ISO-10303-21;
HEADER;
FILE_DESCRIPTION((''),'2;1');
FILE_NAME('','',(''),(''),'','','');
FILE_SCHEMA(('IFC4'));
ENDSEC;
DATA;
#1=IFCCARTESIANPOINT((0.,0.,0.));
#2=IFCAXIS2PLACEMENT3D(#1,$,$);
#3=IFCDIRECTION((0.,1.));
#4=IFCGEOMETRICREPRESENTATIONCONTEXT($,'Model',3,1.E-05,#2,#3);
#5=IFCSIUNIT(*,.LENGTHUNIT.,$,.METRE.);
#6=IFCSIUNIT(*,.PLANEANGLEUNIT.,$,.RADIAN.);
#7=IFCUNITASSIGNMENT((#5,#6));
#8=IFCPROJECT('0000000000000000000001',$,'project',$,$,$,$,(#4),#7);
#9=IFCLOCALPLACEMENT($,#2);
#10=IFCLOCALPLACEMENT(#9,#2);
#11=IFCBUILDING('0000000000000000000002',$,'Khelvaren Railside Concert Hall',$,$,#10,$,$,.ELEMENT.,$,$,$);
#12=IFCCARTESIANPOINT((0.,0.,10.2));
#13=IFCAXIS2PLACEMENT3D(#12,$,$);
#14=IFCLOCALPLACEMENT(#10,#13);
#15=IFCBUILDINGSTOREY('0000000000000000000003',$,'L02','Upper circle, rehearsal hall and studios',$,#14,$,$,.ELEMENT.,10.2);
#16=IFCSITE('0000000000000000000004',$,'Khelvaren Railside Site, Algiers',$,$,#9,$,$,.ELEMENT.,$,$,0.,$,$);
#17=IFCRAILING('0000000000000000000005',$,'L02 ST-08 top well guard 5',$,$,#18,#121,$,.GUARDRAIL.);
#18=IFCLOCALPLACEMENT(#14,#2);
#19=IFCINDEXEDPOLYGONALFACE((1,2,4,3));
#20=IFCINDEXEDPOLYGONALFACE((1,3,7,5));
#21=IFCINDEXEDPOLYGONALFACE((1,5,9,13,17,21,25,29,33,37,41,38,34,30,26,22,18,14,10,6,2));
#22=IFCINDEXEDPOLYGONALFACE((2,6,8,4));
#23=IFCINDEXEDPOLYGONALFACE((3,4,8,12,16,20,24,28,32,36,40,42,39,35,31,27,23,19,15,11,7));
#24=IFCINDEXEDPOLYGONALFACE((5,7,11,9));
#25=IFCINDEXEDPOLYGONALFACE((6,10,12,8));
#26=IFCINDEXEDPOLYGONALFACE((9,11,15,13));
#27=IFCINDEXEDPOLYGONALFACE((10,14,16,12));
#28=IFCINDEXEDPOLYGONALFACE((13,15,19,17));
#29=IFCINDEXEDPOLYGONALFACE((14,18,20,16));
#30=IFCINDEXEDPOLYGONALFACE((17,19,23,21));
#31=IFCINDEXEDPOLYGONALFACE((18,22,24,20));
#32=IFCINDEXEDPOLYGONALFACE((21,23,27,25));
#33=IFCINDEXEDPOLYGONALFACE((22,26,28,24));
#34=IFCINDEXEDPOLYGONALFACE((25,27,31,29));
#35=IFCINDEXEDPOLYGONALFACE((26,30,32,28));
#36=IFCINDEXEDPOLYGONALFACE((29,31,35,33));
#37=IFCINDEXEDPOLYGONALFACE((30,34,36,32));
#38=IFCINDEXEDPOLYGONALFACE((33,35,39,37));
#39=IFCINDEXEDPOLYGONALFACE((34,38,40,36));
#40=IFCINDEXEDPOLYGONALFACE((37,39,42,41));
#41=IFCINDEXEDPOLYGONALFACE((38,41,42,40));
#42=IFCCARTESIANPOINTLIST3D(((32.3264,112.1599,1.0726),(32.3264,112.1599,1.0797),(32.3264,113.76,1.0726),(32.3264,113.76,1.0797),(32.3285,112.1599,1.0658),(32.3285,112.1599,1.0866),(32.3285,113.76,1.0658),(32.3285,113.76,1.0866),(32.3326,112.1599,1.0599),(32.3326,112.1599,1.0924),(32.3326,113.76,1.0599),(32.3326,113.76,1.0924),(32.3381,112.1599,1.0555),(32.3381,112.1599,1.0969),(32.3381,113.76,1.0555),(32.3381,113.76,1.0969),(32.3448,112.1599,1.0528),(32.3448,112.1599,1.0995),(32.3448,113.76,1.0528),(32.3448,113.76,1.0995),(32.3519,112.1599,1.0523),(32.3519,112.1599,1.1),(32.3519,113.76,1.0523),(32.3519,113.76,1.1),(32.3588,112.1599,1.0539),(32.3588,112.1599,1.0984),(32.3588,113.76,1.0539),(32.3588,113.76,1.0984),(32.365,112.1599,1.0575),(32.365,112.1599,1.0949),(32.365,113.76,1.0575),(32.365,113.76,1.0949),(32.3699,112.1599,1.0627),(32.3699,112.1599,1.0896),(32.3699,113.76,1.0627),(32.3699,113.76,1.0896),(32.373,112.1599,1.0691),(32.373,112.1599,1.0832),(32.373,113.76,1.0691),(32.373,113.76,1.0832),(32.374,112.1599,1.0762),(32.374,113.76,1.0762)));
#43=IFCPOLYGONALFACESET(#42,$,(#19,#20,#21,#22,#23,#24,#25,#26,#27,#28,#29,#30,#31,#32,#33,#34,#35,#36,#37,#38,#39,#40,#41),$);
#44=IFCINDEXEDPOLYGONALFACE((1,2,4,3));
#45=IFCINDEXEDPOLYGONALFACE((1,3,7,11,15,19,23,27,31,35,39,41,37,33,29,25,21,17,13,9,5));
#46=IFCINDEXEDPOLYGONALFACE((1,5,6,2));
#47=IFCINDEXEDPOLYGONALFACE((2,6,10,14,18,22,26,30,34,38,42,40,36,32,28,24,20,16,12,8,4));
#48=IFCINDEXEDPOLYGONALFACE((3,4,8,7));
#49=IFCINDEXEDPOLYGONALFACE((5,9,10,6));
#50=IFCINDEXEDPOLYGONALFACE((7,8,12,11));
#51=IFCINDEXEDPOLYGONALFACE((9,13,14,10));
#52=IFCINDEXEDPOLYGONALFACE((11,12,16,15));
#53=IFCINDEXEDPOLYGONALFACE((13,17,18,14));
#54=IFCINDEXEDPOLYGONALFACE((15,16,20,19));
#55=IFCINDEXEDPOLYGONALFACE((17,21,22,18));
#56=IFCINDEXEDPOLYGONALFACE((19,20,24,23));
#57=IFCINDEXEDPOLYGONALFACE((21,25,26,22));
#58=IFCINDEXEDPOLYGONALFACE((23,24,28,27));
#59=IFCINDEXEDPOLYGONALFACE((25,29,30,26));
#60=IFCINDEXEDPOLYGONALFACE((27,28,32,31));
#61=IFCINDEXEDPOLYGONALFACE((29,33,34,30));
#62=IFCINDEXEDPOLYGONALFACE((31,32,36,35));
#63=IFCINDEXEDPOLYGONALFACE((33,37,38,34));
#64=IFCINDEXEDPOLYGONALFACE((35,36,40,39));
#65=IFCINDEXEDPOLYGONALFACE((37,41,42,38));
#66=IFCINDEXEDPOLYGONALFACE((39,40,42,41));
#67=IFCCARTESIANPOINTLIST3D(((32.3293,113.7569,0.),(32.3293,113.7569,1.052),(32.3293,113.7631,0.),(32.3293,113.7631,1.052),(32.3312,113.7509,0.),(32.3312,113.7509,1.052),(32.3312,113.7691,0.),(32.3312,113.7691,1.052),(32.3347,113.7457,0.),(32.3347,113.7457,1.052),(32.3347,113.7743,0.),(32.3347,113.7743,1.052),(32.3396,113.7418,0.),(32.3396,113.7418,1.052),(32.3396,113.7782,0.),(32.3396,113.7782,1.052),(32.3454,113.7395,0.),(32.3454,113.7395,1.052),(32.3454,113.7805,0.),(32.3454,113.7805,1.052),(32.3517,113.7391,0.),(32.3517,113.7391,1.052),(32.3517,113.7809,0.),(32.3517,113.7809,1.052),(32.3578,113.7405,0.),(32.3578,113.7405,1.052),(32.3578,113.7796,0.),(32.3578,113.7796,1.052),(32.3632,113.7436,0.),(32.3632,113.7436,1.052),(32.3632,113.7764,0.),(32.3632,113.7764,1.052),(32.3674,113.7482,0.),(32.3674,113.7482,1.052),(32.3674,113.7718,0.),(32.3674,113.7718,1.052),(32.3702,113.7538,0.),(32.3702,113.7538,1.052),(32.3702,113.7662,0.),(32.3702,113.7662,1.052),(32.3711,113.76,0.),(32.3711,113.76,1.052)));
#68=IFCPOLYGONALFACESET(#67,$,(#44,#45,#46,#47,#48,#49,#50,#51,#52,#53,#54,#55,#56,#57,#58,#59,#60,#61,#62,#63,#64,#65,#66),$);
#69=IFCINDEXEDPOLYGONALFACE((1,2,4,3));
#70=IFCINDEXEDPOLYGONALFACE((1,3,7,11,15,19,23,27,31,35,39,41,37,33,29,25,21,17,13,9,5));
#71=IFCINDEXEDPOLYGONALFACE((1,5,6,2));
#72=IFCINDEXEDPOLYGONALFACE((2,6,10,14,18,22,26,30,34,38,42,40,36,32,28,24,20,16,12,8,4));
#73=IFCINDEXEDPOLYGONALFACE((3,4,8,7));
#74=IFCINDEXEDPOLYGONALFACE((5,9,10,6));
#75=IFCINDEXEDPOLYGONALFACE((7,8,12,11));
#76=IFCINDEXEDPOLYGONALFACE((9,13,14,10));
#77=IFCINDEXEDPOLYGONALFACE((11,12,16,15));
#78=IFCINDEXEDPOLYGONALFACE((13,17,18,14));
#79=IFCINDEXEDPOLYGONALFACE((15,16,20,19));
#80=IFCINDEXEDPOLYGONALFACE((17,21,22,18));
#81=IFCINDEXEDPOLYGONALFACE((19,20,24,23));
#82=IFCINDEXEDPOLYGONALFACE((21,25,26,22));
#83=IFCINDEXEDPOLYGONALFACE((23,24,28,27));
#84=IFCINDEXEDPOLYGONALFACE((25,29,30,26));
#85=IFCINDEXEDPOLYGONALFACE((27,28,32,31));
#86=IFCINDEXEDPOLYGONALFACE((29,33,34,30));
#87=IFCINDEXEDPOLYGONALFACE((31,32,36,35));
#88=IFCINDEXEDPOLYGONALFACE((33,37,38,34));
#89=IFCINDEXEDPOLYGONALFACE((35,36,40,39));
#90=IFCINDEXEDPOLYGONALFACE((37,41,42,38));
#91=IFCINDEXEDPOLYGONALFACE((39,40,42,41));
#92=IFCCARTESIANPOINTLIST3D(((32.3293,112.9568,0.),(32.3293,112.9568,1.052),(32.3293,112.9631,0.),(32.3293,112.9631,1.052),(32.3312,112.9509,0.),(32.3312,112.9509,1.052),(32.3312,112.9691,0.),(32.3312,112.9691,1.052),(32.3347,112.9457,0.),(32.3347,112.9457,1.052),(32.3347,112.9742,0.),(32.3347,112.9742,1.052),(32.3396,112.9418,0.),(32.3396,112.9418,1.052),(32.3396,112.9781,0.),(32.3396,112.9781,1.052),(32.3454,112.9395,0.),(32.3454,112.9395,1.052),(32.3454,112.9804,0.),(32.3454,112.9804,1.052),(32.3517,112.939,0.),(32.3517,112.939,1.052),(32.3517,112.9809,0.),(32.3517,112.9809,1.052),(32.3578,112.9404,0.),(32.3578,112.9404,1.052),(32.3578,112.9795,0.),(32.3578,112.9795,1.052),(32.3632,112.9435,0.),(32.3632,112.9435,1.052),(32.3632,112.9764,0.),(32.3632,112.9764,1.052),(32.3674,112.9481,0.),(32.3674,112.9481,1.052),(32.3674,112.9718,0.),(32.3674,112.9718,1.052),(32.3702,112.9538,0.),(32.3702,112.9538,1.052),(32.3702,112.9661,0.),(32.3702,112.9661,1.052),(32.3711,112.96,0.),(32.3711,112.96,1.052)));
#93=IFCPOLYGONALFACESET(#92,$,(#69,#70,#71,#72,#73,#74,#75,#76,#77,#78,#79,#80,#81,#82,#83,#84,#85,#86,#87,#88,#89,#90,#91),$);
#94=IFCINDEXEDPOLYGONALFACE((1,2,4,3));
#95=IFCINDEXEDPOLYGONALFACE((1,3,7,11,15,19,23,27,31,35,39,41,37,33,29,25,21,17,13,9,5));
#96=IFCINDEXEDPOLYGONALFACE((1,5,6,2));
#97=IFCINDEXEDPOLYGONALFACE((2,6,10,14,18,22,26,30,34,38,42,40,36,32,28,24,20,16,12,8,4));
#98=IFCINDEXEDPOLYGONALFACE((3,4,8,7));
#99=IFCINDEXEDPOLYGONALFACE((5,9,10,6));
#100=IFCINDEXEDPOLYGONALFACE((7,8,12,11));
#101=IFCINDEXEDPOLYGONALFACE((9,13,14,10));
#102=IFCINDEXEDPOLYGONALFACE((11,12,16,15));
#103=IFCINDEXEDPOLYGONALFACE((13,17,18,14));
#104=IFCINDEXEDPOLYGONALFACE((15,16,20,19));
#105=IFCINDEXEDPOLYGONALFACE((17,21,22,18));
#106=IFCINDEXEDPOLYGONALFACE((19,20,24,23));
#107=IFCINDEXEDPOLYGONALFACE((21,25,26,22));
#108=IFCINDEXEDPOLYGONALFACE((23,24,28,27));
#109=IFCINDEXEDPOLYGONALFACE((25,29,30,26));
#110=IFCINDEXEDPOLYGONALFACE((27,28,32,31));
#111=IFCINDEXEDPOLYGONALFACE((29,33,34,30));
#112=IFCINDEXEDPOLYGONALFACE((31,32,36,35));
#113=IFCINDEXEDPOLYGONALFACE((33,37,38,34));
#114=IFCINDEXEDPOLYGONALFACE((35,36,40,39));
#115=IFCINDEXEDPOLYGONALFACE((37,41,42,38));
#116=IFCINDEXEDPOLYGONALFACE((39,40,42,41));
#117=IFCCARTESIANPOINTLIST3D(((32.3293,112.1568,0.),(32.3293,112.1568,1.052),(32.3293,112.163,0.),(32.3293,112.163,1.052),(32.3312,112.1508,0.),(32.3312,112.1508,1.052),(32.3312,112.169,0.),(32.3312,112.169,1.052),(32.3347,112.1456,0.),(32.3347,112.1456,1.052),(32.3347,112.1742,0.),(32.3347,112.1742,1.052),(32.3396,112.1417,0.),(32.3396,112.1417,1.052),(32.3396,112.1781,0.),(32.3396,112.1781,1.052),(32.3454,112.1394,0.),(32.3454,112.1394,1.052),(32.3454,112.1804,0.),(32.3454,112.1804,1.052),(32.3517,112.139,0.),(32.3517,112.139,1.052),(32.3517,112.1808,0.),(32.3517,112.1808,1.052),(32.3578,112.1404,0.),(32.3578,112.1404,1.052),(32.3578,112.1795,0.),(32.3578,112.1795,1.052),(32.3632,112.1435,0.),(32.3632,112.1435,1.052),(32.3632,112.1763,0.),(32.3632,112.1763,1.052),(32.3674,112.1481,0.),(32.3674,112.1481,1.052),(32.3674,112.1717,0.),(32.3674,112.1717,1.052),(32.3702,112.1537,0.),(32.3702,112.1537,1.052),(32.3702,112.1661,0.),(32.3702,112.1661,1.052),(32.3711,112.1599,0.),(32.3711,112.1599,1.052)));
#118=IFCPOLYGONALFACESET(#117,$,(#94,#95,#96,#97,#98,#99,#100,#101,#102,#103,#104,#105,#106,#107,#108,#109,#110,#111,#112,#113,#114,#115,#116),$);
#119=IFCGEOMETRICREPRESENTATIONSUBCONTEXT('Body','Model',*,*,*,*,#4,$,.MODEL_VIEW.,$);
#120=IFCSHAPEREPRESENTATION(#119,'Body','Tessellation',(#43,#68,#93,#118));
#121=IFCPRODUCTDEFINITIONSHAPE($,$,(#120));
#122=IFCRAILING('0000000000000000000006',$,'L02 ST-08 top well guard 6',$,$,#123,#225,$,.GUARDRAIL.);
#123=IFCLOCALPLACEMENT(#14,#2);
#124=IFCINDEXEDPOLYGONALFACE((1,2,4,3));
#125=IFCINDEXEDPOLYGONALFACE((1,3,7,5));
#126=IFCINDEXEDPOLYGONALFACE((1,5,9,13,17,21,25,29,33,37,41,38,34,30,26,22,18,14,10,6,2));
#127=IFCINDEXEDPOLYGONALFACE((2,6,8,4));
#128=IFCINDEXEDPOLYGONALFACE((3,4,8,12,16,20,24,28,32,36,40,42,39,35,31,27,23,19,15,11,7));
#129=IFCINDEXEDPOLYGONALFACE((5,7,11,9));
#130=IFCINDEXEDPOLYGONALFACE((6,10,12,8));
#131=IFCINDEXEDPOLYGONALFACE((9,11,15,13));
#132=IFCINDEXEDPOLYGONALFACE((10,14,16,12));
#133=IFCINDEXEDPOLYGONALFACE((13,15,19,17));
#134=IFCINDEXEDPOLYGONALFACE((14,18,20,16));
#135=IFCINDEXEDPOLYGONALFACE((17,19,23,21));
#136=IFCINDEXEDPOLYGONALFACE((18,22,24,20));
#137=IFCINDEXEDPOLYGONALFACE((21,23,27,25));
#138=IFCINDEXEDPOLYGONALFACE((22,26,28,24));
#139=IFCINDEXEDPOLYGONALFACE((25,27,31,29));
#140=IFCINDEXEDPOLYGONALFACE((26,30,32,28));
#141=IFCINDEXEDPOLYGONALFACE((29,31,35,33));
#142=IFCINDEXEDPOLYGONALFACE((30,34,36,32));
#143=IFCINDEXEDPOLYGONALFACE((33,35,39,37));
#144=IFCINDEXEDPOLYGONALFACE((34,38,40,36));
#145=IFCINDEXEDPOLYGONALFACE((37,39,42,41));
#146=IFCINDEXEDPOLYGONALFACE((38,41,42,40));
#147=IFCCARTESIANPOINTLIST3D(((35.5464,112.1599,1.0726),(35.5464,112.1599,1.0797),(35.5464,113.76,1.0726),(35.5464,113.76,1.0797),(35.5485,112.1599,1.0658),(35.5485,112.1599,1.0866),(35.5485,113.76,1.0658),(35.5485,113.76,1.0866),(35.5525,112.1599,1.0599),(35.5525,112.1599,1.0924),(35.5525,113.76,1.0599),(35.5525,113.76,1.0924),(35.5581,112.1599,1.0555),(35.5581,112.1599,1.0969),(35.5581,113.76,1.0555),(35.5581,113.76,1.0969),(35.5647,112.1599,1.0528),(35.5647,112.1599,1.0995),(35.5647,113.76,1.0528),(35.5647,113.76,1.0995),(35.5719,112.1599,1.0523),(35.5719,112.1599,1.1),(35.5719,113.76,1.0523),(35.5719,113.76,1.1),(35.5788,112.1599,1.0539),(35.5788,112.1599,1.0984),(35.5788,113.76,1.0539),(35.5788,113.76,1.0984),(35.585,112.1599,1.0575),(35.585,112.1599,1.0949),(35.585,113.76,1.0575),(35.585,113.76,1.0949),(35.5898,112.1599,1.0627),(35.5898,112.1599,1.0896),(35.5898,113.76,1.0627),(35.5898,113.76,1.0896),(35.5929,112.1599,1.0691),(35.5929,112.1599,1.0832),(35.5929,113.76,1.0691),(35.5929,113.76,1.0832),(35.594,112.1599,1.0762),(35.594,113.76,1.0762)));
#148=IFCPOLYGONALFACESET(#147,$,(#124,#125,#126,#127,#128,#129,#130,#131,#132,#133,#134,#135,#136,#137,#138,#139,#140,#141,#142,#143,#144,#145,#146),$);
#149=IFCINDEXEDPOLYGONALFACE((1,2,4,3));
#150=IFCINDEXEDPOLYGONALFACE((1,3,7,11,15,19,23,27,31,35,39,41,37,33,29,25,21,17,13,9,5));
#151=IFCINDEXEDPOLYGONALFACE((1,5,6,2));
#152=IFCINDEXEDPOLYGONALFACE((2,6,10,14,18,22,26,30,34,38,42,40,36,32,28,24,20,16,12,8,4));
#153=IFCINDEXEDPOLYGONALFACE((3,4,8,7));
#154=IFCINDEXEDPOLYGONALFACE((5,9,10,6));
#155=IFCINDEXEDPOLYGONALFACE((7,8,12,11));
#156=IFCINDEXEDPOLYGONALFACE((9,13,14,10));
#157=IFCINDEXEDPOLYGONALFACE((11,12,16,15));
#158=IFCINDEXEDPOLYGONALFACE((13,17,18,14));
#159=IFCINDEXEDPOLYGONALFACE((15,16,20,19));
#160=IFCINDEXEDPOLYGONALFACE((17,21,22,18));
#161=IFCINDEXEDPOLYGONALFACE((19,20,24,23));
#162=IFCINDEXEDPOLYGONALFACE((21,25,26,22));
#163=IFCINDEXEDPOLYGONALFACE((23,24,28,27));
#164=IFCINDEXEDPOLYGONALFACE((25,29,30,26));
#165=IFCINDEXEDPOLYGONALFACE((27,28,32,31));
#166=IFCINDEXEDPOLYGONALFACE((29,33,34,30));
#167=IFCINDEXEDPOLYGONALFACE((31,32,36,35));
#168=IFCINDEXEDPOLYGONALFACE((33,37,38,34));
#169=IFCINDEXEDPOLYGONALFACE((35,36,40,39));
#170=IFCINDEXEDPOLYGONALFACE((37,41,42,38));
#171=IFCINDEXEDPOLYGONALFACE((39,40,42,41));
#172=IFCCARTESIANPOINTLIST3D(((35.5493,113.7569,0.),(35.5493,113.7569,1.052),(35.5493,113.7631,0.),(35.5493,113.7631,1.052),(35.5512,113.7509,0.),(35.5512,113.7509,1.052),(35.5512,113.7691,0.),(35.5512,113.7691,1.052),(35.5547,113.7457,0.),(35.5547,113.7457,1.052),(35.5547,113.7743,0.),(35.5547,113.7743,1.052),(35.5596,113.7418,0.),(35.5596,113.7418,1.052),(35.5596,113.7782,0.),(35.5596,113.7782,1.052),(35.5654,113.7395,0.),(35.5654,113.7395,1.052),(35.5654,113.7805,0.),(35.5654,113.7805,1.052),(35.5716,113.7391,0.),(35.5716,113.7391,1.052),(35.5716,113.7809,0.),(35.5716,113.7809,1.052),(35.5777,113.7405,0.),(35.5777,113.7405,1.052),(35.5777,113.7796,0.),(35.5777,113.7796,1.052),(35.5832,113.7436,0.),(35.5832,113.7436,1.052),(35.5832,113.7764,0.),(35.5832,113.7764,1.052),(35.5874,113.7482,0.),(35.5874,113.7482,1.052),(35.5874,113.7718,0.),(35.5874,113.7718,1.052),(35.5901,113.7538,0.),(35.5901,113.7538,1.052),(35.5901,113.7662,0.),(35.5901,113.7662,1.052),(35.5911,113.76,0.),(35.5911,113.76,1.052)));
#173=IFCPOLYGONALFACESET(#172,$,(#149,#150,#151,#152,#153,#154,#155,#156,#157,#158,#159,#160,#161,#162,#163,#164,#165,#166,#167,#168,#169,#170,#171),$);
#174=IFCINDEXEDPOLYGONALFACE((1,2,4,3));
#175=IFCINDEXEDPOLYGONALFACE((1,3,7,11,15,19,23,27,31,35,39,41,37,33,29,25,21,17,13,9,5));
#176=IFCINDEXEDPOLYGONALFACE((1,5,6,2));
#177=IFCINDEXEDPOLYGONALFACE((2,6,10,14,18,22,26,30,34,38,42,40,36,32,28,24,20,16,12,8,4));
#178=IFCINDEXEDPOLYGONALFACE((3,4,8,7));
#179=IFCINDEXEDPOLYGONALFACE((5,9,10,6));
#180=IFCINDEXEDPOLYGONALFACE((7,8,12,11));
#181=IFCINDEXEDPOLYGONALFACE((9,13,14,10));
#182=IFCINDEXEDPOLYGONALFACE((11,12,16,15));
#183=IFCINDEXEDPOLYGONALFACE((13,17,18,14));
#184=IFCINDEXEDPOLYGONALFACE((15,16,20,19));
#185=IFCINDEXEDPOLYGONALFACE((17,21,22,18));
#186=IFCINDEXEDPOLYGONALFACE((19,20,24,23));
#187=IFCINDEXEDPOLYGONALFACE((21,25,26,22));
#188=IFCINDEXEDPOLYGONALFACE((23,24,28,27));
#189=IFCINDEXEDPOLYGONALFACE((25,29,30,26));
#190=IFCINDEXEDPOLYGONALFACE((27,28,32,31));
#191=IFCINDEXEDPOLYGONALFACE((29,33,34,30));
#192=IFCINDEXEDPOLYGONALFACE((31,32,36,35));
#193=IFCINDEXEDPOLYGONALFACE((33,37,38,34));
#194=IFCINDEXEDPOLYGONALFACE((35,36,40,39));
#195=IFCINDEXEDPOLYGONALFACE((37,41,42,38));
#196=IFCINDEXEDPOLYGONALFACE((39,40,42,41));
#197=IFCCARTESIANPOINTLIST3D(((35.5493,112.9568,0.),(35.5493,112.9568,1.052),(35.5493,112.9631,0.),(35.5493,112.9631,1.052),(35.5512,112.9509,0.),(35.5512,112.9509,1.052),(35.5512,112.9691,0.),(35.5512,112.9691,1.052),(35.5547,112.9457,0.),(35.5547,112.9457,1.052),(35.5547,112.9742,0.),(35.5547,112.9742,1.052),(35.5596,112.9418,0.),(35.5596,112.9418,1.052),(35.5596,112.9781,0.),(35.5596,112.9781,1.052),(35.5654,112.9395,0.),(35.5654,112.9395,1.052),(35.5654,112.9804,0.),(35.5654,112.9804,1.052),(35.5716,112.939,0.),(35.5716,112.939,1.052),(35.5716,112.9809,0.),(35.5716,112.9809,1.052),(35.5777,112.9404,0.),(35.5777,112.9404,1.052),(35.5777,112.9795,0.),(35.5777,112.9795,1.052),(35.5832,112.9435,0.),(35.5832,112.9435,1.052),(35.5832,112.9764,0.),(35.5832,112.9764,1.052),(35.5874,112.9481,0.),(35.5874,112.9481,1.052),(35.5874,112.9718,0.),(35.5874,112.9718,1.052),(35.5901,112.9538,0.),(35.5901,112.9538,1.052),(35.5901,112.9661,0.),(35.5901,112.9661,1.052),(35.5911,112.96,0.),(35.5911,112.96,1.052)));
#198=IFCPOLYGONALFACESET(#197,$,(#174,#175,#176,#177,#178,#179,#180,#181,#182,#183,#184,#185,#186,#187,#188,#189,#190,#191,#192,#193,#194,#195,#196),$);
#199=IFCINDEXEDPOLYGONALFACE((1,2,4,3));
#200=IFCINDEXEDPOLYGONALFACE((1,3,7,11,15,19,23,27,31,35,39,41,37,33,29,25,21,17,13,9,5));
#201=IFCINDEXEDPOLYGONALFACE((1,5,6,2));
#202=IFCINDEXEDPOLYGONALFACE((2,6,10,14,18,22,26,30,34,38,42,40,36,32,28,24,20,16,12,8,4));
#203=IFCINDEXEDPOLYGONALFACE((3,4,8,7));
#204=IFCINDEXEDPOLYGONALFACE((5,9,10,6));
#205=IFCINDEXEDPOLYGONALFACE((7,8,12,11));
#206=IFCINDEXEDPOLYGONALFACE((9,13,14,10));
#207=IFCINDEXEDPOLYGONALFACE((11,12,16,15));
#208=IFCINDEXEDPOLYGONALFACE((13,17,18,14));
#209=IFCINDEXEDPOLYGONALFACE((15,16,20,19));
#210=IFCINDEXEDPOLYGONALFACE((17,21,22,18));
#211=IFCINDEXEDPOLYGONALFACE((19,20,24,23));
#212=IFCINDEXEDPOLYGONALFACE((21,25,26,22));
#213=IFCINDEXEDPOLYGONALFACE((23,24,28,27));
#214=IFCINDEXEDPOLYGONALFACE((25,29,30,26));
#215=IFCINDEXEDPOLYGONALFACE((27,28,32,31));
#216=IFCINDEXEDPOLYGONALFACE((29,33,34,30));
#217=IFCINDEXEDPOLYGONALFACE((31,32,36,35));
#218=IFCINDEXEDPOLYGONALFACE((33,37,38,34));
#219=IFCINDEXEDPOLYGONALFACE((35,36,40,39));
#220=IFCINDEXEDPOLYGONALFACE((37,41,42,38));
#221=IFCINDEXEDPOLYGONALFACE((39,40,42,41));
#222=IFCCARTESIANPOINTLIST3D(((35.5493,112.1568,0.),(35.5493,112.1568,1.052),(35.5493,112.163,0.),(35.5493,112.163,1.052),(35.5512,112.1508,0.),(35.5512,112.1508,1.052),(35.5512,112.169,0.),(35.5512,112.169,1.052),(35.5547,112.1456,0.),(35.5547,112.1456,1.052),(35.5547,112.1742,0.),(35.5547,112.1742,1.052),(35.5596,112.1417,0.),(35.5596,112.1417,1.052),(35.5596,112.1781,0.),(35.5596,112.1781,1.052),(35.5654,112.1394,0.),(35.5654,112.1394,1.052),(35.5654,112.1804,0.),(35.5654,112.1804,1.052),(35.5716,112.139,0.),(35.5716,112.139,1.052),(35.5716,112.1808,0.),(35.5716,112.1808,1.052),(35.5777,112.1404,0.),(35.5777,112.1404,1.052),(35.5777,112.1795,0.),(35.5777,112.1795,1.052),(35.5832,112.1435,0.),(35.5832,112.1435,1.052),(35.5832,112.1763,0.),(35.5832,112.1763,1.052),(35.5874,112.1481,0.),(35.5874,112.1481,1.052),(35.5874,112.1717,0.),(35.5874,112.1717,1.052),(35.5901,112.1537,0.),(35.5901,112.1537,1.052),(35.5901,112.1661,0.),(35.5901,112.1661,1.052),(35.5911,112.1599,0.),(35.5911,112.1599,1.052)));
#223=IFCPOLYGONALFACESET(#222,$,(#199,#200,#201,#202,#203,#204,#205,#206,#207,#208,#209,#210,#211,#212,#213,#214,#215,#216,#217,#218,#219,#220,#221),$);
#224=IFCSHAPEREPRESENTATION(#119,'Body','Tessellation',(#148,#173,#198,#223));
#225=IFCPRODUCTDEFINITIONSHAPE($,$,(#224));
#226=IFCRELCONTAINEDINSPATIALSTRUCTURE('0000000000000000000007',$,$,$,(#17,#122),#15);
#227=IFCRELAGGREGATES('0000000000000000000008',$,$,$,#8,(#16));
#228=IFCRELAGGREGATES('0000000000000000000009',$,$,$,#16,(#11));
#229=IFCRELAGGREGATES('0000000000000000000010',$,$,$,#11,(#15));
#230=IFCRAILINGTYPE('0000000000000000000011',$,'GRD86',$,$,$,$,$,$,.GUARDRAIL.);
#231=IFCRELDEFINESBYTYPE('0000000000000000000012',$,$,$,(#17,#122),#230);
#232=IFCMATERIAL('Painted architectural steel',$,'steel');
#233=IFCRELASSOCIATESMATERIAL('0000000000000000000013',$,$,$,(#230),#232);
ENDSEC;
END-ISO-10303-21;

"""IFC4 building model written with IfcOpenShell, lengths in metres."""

from ifc_helpers import new_model, si_unit, direction, frame, origin, origin_2d, place, context, subcontext, project, spatial, circle, extrude, material, type_object, element, save


model = new_model("IFC4")

# Units and contexts
model_context = context("Model", 3, precision=1e-05, world=origin(), true_north=direction((0.0, 1.0)))
body_context = subcontext(model_context, "Body", "Model", "MODEL_VIEW")
ifc_project = project(units=[si_unit("LENGTHUNIT", "METRE"), si_unit("PLANEANGLEUNIT", "RADIAN")], contexts=[model_context])

# Site, building, storey
site_placement = place(None, origin())
site = spatial("IfcSite", under=ifc_project, at=site_placement, Name="Khelvaren Railside Site, Algiers", CompositionType="ELEMENT", RefElevation=0.0)
building_placement = place(site_placement, origin())
building = spatial("IfcBuilding", under=site, at=building_placement, Name="Khelvaren Railside Concert Hall", CompositionType="ELEMENT")
storey_placement = place(building_placement, frame((0.0, 0.0, 10.2)))
storey = spatial("IfcBuildingStorey", under=building, at=storey_placement, Name="L02", Description="Upper circle, rehearsal hall and studios", CompositionType="ELEMENT", Elevation=10.2)

# Railings
ifc_material_1 = material(Name="Painted architectural steel", Category="steel")
railing_type = type_object("IfcRailingType", Name="GRD86", PredefinedType="GUARDRAIL", material=ifc_material_1)
for number, where, name in (
    (1, (32.3501, 113.76, 0.0), "L02 ST-08 top well guard 5"),
    (2, (35.5701, 113.76, 0.0), "L02 ST-08 top well guard 6"),
):
    element("IfcRailing", number, at=place(storey_placement, frame(where)), inside=storey, type_object=railing_type, Name=name, PredefinedType="GUARDRAIL", context=body_context, shape_type="SweptSolid", body=[
        extrude(circle(Radius=0.0239, at=origin_2d()), frame((0.0, 0.0, 1.0762), z_axis=(0.0, -1.0, 0.0), x_axis=(1.0, 0.0, 0.0)), (0.0, 0.0, 1.0), 1.6001),
        extrude(circle(Radius=0.021, at=origin_2d()), origin(), (0.0, 0.0, 1.0), 1.052),
        extrude(circle(Radius=0.021, at=origin_2d()), frame((0.0, -0.8, 0.0)), (0.0, 0.0, 1.0), 1.052),
        extrude(circle(Radius=0.021, at=origin_2d()), frame((0.0, -1.6001, 0.0)), (0.0, 0.0, 1.0), 1.052),
    ])

save(model, "model.ifc")
